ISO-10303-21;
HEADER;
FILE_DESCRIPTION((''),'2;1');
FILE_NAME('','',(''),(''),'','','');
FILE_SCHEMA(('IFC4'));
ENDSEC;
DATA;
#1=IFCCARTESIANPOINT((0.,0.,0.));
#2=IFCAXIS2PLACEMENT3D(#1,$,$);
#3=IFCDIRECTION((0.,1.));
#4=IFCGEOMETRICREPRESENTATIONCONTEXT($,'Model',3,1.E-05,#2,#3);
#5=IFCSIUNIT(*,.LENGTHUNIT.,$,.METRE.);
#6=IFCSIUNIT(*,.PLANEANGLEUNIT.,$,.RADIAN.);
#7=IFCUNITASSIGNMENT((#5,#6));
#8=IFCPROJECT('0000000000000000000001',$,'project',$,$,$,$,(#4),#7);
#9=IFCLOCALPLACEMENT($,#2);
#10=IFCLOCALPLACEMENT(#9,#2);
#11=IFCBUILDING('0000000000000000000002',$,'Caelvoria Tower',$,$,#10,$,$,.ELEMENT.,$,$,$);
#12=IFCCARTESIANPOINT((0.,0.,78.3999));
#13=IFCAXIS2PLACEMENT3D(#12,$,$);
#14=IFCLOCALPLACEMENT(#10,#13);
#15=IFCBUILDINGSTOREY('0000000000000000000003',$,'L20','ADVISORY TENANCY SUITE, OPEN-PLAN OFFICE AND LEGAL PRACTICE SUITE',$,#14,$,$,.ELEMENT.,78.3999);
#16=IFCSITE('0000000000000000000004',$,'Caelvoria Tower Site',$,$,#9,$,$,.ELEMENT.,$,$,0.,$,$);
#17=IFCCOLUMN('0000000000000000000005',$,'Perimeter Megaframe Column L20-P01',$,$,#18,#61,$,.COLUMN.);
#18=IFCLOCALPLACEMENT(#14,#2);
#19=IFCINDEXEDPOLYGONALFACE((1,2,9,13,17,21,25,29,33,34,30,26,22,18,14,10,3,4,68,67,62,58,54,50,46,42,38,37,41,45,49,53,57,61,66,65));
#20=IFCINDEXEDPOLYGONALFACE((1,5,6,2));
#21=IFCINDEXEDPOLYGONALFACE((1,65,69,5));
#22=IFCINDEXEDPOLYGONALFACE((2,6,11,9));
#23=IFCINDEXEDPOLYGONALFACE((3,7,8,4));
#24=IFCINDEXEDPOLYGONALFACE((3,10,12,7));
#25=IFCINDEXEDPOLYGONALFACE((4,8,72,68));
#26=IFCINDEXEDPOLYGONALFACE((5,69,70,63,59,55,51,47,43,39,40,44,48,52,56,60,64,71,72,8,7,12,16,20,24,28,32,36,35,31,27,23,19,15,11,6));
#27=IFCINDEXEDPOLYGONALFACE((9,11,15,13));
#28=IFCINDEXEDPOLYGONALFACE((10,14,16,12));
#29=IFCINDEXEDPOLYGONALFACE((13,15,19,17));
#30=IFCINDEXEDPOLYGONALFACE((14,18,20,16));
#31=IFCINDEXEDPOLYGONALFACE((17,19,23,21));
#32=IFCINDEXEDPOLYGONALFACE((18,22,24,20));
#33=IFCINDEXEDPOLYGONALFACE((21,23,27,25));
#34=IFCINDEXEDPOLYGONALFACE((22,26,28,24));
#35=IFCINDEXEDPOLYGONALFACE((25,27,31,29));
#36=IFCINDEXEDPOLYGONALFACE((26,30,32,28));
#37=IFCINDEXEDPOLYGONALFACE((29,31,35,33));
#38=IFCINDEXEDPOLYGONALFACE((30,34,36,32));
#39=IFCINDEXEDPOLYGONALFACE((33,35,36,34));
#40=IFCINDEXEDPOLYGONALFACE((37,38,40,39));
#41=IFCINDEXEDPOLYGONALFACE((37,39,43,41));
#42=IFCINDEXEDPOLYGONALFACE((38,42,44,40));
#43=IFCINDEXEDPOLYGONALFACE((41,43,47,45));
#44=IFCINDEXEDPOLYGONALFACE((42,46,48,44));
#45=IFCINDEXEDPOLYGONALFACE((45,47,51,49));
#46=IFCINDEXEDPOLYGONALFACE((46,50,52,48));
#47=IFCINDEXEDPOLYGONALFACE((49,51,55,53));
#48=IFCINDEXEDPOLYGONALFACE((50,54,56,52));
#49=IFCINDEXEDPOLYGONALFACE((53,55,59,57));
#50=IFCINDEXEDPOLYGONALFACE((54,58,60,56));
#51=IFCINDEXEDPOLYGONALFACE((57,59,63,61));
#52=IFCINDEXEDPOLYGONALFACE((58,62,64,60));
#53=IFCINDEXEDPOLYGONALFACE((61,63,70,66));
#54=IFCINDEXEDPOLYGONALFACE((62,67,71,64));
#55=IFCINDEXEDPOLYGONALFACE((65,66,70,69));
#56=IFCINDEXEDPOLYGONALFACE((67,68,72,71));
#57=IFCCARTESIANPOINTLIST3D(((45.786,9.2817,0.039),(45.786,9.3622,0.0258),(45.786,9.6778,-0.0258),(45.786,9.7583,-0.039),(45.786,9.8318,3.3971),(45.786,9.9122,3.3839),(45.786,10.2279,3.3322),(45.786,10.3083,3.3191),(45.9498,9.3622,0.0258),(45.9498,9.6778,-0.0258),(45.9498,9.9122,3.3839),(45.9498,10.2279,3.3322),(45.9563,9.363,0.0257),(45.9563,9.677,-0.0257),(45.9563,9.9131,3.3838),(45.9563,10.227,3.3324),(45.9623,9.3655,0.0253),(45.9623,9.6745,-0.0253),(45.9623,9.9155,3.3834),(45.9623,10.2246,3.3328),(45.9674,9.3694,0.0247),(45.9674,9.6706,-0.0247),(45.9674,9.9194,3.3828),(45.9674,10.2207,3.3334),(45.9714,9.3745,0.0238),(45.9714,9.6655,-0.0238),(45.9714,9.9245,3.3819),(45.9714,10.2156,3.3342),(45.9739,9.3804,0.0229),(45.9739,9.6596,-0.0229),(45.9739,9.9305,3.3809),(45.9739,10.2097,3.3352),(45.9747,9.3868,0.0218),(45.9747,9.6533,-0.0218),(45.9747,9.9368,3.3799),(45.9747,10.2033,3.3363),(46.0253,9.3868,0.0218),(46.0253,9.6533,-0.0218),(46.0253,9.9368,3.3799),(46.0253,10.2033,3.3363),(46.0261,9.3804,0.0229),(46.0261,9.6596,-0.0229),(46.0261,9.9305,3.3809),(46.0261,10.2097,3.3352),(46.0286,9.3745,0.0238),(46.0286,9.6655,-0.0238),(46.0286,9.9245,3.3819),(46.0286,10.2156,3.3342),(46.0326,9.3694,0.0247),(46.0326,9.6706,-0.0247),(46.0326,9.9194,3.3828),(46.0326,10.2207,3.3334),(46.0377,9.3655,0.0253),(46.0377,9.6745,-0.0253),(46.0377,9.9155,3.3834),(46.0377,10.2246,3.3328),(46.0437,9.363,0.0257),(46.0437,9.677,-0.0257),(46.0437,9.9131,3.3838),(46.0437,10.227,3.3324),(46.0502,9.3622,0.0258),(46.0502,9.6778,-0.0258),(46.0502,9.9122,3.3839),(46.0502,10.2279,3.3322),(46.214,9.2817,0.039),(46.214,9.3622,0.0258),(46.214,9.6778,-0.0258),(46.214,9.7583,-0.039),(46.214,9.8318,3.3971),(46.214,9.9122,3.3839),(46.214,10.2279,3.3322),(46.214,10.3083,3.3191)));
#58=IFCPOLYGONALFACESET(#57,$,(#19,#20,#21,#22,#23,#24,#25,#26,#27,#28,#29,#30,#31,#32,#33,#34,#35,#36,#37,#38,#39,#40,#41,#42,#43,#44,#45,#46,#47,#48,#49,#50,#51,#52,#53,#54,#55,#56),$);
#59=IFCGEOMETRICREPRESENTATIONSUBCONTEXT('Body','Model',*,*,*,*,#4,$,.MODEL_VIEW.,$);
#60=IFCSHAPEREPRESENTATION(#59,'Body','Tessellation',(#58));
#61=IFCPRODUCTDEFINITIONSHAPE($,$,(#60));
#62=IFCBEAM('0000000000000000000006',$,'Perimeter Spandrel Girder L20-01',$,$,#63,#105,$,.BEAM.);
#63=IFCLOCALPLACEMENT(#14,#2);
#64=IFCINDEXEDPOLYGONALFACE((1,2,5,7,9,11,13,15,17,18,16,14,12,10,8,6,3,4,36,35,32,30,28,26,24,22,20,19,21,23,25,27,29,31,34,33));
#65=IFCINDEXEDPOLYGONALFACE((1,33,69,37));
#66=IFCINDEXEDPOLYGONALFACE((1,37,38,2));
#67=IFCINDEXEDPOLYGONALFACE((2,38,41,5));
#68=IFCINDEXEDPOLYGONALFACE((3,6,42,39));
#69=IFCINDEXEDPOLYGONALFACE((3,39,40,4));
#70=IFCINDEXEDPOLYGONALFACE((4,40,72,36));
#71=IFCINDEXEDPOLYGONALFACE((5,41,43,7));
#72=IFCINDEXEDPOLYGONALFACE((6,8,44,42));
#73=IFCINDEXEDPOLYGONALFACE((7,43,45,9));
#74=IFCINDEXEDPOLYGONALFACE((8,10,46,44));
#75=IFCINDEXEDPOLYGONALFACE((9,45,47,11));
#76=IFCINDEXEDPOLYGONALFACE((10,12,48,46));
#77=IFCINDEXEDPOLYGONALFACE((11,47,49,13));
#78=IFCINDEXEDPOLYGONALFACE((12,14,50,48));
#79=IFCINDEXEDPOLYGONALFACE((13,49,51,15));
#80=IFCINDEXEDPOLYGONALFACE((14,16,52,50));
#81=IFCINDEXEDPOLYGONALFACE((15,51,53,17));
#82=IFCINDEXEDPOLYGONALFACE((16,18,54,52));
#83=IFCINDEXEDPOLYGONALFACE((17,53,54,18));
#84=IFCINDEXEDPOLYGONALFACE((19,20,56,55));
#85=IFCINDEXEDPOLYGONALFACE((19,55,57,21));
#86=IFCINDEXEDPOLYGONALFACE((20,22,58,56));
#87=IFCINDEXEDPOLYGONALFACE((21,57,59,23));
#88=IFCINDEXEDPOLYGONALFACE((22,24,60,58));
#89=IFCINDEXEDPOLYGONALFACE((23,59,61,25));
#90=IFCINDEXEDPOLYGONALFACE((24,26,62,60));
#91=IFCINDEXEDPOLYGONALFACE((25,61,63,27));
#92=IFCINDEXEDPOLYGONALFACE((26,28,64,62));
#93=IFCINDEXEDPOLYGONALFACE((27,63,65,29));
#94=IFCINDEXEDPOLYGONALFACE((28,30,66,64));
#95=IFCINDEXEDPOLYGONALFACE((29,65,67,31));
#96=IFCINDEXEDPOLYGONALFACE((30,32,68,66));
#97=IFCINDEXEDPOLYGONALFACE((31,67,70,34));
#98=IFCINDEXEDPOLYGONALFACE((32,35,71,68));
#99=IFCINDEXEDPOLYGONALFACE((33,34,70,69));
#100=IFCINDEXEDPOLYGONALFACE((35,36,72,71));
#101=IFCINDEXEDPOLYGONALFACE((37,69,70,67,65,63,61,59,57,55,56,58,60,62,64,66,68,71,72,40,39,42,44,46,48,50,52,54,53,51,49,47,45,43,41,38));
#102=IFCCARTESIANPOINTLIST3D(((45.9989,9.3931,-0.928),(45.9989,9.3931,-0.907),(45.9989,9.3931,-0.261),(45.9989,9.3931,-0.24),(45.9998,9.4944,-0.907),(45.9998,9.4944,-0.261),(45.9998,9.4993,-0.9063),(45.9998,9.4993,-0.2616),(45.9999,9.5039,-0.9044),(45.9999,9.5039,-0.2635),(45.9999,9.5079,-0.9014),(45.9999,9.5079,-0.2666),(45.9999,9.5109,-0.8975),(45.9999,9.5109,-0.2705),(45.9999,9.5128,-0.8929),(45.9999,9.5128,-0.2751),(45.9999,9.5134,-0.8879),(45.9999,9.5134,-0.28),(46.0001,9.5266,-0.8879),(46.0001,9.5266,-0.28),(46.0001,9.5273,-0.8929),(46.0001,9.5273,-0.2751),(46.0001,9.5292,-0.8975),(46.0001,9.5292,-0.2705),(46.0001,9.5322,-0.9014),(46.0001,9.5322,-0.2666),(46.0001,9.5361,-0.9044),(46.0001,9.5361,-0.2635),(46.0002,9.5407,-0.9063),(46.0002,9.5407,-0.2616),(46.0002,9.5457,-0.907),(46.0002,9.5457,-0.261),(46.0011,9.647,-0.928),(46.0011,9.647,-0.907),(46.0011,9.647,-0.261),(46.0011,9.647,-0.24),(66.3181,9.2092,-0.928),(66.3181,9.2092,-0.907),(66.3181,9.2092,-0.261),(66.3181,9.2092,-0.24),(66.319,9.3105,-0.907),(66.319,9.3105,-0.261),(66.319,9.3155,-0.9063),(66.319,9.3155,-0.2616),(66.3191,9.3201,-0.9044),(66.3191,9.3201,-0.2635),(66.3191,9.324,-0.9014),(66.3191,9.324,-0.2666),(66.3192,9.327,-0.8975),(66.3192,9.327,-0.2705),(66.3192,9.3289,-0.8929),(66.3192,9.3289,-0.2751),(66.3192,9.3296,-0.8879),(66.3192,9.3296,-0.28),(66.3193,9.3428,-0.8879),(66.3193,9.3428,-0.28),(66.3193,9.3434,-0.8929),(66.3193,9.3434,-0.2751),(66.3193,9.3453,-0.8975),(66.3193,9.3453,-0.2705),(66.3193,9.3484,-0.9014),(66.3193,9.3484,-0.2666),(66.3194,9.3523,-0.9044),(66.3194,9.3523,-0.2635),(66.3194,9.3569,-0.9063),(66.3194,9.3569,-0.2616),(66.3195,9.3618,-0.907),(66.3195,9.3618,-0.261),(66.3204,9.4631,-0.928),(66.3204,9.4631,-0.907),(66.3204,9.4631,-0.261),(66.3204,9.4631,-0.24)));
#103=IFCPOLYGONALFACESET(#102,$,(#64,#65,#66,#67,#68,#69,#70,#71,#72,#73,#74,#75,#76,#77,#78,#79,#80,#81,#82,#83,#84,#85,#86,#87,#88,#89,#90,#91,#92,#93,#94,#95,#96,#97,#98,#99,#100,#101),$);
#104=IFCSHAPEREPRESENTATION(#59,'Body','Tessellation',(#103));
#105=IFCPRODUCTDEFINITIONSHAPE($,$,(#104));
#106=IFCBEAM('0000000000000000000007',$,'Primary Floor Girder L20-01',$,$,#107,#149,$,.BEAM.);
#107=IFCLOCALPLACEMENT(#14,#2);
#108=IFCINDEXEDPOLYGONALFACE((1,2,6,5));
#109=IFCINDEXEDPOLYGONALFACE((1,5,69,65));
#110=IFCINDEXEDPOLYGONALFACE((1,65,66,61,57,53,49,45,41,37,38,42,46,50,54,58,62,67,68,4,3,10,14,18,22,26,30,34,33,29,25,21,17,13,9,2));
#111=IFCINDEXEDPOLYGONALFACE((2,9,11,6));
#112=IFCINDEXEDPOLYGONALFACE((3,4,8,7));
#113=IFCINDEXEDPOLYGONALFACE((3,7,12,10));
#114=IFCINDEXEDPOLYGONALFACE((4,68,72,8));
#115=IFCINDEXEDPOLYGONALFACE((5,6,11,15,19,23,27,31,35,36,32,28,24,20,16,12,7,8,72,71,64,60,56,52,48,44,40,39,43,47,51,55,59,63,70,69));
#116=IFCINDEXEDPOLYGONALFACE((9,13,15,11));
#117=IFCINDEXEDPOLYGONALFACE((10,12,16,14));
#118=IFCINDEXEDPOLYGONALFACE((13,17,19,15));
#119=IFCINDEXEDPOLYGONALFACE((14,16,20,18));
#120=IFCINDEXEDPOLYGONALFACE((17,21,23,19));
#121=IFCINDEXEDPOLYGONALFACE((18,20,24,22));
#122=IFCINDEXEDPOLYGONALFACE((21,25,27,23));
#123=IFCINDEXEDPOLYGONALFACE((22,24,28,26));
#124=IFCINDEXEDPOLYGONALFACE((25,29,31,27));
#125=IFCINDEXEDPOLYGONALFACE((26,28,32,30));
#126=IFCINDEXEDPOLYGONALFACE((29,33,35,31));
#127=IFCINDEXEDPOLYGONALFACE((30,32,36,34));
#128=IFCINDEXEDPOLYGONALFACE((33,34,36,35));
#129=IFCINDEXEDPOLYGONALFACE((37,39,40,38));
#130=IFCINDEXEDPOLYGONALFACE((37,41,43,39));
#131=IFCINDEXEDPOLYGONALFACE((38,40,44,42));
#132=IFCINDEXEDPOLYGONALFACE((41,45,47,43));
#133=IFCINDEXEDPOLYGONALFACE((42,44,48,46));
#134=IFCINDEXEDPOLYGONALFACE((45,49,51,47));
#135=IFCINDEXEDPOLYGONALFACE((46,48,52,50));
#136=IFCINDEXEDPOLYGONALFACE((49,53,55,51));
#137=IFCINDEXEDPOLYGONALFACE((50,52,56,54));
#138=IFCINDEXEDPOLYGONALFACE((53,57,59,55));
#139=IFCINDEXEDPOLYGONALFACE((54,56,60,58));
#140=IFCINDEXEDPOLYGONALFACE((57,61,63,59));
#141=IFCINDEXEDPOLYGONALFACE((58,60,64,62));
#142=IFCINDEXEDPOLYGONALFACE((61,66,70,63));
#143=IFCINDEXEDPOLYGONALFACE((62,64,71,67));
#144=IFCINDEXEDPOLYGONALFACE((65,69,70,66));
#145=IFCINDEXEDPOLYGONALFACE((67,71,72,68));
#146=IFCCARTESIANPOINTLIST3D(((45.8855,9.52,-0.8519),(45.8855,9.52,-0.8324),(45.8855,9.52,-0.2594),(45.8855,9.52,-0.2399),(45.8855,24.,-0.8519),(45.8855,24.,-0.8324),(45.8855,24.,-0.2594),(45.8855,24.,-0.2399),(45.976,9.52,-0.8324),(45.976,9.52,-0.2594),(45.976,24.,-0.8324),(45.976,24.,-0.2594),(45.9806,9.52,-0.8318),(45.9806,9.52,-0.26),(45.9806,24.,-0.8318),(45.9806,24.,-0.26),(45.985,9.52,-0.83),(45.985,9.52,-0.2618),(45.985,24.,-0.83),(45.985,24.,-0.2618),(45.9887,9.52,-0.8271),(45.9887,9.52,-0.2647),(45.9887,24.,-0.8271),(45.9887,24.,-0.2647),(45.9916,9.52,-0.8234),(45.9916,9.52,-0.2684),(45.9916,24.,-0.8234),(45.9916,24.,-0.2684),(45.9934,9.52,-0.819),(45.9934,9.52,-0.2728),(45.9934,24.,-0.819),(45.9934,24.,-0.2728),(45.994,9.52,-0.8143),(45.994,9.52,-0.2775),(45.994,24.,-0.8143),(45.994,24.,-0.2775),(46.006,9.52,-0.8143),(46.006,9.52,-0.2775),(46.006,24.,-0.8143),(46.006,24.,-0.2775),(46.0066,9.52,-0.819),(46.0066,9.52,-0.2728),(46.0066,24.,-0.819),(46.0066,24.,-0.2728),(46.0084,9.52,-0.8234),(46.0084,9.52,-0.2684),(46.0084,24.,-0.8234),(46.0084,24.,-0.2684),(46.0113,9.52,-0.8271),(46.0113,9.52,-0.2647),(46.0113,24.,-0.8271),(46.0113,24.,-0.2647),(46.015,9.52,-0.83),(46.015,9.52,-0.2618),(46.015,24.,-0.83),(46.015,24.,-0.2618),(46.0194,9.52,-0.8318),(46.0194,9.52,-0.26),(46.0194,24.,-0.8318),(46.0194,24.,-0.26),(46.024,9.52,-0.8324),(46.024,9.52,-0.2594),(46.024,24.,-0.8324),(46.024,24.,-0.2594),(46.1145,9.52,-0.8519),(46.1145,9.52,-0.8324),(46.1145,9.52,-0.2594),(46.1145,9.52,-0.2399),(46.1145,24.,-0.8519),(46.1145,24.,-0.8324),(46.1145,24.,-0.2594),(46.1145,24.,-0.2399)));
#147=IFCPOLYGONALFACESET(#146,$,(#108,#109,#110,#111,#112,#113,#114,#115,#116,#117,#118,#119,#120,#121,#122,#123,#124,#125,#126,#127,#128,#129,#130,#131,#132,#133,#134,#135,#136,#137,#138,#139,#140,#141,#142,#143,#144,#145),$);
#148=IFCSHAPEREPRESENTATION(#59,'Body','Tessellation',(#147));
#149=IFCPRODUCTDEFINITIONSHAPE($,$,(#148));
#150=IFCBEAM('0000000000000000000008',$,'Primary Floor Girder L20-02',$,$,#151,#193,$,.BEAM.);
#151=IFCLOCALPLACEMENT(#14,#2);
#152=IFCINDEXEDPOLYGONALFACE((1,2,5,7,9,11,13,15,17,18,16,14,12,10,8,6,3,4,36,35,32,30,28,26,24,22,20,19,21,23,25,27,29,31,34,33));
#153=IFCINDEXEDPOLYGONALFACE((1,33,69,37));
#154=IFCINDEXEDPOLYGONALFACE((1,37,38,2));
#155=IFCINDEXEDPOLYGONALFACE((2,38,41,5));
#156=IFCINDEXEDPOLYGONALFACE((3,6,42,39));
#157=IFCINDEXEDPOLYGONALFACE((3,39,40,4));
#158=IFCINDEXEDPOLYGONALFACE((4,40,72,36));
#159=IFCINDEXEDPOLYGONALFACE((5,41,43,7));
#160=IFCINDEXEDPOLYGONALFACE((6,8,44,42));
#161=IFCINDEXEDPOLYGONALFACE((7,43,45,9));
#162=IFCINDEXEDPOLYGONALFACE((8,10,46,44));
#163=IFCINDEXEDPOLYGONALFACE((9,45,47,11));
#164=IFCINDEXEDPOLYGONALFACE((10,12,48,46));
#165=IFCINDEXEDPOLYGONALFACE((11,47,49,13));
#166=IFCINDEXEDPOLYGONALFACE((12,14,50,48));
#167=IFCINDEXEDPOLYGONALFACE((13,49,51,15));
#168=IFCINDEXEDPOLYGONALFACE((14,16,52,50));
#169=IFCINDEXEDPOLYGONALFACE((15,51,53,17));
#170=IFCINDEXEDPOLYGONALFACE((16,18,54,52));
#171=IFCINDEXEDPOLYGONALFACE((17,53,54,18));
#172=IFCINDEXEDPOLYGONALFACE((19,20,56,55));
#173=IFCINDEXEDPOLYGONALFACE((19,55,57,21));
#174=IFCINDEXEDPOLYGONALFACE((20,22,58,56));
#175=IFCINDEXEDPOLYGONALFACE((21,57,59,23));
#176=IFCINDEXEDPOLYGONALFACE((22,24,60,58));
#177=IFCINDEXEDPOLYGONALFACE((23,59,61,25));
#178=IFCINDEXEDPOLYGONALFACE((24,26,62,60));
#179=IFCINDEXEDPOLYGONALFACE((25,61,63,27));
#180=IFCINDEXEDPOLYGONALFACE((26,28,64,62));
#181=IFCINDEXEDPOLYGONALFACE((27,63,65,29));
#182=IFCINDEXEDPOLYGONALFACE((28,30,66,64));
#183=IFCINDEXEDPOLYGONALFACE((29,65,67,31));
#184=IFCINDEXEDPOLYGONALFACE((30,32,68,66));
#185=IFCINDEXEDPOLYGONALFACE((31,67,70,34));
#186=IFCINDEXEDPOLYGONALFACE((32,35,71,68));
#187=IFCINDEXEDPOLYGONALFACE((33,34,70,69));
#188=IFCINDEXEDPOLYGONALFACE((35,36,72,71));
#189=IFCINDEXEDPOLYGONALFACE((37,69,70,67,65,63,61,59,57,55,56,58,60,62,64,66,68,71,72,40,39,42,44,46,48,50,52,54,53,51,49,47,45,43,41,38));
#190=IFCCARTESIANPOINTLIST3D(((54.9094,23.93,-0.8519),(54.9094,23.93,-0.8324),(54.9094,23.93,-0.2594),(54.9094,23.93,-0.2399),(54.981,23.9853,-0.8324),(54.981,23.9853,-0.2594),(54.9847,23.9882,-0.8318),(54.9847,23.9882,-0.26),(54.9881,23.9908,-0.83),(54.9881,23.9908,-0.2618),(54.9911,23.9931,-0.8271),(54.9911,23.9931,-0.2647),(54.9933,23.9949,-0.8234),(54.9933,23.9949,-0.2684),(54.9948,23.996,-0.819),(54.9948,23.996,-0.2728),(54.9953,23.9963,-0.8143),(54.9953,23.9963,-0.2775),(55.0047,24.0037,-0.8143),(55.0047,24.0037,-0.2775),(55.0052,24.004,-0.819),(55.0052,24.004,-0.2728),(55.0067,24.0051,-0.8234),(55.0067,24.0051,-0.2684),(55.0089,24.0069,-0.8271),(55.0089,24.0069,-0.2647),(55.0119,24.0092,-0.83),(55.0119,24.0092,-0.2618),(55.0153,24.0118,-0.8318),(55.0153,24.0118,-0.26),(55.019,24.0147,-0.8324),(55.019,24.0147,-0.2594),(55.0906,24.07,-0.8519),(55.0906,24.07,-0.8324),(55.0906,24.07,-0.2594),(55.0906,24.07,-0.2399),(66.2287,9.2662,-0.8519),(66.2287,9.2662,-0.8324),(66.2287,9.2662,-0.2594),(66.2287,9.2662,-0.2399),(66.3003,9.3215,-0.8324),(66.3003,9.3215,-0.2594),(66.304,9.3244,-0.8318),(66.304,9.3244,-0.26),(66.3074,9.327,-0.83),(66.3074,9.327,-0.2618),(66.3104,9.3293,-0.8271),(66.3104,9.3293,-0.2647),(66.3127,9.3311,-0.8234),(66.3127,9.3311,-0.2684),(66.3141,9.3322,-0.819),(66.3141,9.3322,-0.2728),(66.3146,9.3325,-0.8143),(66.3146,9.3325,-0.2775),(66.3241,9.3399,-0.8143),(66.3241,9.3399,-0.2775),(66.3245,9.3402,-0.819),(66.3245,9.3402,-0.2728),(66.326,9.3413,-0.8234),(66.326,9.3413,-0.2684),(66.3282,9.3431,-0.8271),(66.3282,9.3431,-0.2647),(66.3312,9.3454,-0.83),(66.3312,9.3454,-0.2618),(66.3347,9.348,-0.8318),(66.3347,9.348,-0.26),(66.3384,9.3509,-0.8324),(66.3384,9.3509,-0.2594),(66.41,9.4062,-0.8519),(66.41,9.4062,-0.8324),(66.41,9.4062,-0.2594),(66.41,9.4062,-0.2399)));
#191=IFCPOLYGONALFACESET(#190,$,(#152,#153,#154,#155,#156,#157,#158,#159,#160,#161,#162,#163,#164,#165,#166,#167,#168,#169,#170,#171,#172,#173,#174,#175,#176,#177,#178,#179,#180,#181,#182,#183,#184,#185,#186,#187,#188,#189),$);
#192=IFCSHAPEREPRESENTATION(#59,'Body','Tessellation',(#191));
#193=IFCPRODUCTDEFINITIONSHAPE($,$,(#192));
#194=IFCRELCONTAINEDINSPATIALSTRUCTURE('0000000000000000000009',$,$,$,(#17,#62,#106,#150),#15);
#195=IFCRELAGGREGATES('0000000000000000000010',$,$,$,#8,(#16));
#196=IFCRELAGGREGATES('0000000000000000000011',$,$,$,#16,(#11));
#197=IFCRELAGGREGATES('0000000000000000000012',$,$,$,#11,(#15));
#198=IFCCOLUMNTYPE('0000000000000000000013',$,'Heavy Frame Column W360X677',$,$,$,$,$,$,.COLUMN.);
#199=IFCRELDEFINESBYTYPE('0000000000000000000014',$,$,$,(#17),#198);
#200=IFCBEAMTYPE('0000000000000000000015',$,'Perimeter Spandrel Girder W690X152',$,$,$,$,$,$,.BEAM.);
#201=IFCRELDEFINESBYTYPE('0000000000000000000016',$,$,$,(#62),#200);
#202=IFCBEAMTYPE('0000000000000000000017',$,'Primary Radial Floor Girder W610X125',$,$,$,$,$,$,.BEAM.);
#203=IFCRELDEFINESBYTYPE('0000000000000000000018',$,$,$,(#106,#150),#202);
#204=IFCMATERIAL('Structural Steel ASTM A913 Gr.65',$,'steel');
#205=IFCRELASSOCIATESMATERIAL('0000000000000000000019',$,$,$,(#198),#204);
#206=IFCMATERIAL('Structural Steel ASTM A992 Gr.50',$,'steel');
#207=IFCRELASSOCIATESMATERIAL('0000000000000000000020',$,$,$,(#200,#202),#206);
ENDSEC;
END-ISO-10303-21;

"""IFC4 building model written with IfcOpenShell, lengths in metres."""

from ifc_helpers import new_model, si_unit, direction, frame, origin, origin_2d, place, context, subcontext, project, spatial, i_section, extrude, material, material_profile, profile_set, type_object, element, save


model = new_model("IFC4")

# Units and contexts
model_context = context("Model", 3, precision=1e-05, world=origin(), true_north=direction((0.0, 1.0)))
body_context = subcontext(model_context, "Body", "Model", "MODEL_VIEW")
ifc_project = project(units=[si_unit("LENGTHUNIT", "METRE"), si_unit("PLANEANGLEUNIT", "RADIAN")], contexts=[model_context])

# Site, building, storey
site_placement = place(None, origin())
site = spatial("IfcSite", under=ifc_project, at=site_placement, Name="Caelvoria Tower Site", CompositionType="ELEMENT", RefElevation=0.0)
building_placement = place(site_placement, origin())
building = spatial("IfcBuilding", under=site, at=building_placement, Name="Caelvoria Tower", CompositionType="ELEMENT")
storey_placement = place(building_placement, frame((0.0, 0.0, 78.3999)))
storey = spatial("IfcBuildingStorey", under=building, at=storey_placement, Name="L20", Description="ADVISORY TENANCY SUITE, OPEN-PLAN OFFICE AND LEGAL PRACTICE SUITE", CompositionType="ELEMENT", Elevation=78.3999)

# Column
ifc_material_1 = material(Name="Structural Steel ASTM A913 Gr.65", Category="steel")
ifc_material_profile_1 = material_profile(ifc_material_1, i_section(OverallWidth=0.428, OverallDepth=0.4829, WebThickness=0.0505, FlangeThickness=0.0815, FilletRadius=0.0249, at=origin_2d()), Name="Structural Steel ASTM A913 Gr.65")
ifc_profile_set_1 = profile_set([ifc_material_profile_1], Name="W360X677 - Structural Steel ASTM A913 Gr.65")
column_type = type_object("IfcColumnType", Name="Heavy Frame Column W360X677", PredefinedType="COLUMN", material=ifc_profile_set_1)
column_placement = place(storey_placement, frame((46.0, 9.52, 0.0), z_axis=(0.0, 0.161641, 0.98685), x_axis=(-1.0, 0.0, 0.0)))
element("IfcColumn", 1, at=column_placement, inside=storey, type_object=column_type, Name="Perimeter Megaframe Column L20-P01", PredefinedType="COLUMN", context=body_context, shape_type="SweptSolid", body=[
    extrude(i_section(OverallWidth=0.428, OverallDepth=0.4829, WebThickness=0.0505, FlangeThickness=0.0815, FilletRadius=0.0249, at=origin_2d()), origin(), (0.0, 0.0, 1.0), 3.4028),
])

# Beams
ifc_material_2 = material(Name="Structural Steel ASTM A992 Gr.50", Category="steel")
ifc_material_profile_2 = material_profile(ifc_material_2, i_section(OverallWidth=0.2539, OverallDepth=0.688, WebThickness=0.0132, FlangeThickness=0.021, FilletRadius=0.019, at=origin_2d()), Name="Structural Steel ASTM A992 Gr.50")
ifc_profile_set_2 = profile_set([ifc_material_profile_2], Name="W690X152 - Structural Steel ASTM A992 Gr.50")
beam_type_1 = type_object("IfcBeamType", Name="Perimeter Spandrel Girder W690X152", PredefinedType="BEAM", material=ifc_profile_set_2)
beam_1_placement = place(storey_placement, frame((46.0, 9.52, -0.584), z_axis=(0.999959, -0.009047, 0.0), x_axis=(0.009047, 0.999959, 0.0)))
element("IfcBeam", 2, at=beam_1_placement, inside=storey, type_object=beam_type_1, Name="Perimeter Spandrel Girder L20-01", PredefinedType="BEAM", context=body_context, shape_type="SweptSolid", body=[
    extrude(i_section(OverallWidth=0.2539, OverallDepth=0.688, WebThickness=0.0132, FlangeThickness=0.021, FilletRadius=0.019, at=origin_2d()), origin(), (0.0, 0.0, 1.0), 20.3201),
])
ifc_material_profile_3 = material_profile(ifc_material_2, i_section(OverallWidth=0.229, OverallDepth=0.6121, WebThickness=0.012, FlangeThickness=0.0195, FilletRadius=0.0181, at=origin_2d()), Name="Structural Steel ASTM A992 Gr.50")
ifc_profile_set_3 = profile_set([ifc_material_profile_3], Name="W610X125 - Structural Steel ASTM A992 Gr.50")
beam_type_2 = type_object("IfcBeamType", Name="Primary Radial Floor Girder W610X125", PredefinedType="BEAM", material=ifc_profile_set_3)
beam_2_placement = place(storey_placement, frame((46.0, 24.0, -0.5459), z_axis=(0.0, -1.0, 0.0), x_axis=(1.0, 0.0, 0.0)))
element("IfcBeam", 3, at=beam_2_placement, inside=storey, type_object=beam_type_2, Name="Primary Floor Girder L20-01", PredefinedType="BEAM", context=body_context, shape_type="SweptSolid", body=[
    extrude(i_section(OverallWidth=0.229, OverallDepth=0.6121, WebThickness=0.012, FlangeThickness=0.0195, FilletRadius=0.0181, at=origin_2d()), origin(), (0.0, 0.0, 1.0), 14.48),
])
beam_3_placement = place(storey_placement, frame((55.0, 24.0, -0.5459), z_axis=(0.611049, -0.791593, 0.0), x_axis=(0.791593, 0.611049, 0.0)))
element("IfcBeam", 4, at=beam_3_placement, inside=storey, type_object=beam_type_2, Name="Primary Floor Girder L20-02", PredefinedType="BEAM", context=body_context, shape_type="SweptSolid", body=[
    extrude(i_section(OverallWidth=0.229, OverallDepth=0.6121, WebThickness=0.012, FlangeThickness=0.0195, FilletRadius=0.0181, at=origin_2d()), origin(), (0.0, 0.0, 1.0), 18.5244),
])

save(model, "model.ifc")
